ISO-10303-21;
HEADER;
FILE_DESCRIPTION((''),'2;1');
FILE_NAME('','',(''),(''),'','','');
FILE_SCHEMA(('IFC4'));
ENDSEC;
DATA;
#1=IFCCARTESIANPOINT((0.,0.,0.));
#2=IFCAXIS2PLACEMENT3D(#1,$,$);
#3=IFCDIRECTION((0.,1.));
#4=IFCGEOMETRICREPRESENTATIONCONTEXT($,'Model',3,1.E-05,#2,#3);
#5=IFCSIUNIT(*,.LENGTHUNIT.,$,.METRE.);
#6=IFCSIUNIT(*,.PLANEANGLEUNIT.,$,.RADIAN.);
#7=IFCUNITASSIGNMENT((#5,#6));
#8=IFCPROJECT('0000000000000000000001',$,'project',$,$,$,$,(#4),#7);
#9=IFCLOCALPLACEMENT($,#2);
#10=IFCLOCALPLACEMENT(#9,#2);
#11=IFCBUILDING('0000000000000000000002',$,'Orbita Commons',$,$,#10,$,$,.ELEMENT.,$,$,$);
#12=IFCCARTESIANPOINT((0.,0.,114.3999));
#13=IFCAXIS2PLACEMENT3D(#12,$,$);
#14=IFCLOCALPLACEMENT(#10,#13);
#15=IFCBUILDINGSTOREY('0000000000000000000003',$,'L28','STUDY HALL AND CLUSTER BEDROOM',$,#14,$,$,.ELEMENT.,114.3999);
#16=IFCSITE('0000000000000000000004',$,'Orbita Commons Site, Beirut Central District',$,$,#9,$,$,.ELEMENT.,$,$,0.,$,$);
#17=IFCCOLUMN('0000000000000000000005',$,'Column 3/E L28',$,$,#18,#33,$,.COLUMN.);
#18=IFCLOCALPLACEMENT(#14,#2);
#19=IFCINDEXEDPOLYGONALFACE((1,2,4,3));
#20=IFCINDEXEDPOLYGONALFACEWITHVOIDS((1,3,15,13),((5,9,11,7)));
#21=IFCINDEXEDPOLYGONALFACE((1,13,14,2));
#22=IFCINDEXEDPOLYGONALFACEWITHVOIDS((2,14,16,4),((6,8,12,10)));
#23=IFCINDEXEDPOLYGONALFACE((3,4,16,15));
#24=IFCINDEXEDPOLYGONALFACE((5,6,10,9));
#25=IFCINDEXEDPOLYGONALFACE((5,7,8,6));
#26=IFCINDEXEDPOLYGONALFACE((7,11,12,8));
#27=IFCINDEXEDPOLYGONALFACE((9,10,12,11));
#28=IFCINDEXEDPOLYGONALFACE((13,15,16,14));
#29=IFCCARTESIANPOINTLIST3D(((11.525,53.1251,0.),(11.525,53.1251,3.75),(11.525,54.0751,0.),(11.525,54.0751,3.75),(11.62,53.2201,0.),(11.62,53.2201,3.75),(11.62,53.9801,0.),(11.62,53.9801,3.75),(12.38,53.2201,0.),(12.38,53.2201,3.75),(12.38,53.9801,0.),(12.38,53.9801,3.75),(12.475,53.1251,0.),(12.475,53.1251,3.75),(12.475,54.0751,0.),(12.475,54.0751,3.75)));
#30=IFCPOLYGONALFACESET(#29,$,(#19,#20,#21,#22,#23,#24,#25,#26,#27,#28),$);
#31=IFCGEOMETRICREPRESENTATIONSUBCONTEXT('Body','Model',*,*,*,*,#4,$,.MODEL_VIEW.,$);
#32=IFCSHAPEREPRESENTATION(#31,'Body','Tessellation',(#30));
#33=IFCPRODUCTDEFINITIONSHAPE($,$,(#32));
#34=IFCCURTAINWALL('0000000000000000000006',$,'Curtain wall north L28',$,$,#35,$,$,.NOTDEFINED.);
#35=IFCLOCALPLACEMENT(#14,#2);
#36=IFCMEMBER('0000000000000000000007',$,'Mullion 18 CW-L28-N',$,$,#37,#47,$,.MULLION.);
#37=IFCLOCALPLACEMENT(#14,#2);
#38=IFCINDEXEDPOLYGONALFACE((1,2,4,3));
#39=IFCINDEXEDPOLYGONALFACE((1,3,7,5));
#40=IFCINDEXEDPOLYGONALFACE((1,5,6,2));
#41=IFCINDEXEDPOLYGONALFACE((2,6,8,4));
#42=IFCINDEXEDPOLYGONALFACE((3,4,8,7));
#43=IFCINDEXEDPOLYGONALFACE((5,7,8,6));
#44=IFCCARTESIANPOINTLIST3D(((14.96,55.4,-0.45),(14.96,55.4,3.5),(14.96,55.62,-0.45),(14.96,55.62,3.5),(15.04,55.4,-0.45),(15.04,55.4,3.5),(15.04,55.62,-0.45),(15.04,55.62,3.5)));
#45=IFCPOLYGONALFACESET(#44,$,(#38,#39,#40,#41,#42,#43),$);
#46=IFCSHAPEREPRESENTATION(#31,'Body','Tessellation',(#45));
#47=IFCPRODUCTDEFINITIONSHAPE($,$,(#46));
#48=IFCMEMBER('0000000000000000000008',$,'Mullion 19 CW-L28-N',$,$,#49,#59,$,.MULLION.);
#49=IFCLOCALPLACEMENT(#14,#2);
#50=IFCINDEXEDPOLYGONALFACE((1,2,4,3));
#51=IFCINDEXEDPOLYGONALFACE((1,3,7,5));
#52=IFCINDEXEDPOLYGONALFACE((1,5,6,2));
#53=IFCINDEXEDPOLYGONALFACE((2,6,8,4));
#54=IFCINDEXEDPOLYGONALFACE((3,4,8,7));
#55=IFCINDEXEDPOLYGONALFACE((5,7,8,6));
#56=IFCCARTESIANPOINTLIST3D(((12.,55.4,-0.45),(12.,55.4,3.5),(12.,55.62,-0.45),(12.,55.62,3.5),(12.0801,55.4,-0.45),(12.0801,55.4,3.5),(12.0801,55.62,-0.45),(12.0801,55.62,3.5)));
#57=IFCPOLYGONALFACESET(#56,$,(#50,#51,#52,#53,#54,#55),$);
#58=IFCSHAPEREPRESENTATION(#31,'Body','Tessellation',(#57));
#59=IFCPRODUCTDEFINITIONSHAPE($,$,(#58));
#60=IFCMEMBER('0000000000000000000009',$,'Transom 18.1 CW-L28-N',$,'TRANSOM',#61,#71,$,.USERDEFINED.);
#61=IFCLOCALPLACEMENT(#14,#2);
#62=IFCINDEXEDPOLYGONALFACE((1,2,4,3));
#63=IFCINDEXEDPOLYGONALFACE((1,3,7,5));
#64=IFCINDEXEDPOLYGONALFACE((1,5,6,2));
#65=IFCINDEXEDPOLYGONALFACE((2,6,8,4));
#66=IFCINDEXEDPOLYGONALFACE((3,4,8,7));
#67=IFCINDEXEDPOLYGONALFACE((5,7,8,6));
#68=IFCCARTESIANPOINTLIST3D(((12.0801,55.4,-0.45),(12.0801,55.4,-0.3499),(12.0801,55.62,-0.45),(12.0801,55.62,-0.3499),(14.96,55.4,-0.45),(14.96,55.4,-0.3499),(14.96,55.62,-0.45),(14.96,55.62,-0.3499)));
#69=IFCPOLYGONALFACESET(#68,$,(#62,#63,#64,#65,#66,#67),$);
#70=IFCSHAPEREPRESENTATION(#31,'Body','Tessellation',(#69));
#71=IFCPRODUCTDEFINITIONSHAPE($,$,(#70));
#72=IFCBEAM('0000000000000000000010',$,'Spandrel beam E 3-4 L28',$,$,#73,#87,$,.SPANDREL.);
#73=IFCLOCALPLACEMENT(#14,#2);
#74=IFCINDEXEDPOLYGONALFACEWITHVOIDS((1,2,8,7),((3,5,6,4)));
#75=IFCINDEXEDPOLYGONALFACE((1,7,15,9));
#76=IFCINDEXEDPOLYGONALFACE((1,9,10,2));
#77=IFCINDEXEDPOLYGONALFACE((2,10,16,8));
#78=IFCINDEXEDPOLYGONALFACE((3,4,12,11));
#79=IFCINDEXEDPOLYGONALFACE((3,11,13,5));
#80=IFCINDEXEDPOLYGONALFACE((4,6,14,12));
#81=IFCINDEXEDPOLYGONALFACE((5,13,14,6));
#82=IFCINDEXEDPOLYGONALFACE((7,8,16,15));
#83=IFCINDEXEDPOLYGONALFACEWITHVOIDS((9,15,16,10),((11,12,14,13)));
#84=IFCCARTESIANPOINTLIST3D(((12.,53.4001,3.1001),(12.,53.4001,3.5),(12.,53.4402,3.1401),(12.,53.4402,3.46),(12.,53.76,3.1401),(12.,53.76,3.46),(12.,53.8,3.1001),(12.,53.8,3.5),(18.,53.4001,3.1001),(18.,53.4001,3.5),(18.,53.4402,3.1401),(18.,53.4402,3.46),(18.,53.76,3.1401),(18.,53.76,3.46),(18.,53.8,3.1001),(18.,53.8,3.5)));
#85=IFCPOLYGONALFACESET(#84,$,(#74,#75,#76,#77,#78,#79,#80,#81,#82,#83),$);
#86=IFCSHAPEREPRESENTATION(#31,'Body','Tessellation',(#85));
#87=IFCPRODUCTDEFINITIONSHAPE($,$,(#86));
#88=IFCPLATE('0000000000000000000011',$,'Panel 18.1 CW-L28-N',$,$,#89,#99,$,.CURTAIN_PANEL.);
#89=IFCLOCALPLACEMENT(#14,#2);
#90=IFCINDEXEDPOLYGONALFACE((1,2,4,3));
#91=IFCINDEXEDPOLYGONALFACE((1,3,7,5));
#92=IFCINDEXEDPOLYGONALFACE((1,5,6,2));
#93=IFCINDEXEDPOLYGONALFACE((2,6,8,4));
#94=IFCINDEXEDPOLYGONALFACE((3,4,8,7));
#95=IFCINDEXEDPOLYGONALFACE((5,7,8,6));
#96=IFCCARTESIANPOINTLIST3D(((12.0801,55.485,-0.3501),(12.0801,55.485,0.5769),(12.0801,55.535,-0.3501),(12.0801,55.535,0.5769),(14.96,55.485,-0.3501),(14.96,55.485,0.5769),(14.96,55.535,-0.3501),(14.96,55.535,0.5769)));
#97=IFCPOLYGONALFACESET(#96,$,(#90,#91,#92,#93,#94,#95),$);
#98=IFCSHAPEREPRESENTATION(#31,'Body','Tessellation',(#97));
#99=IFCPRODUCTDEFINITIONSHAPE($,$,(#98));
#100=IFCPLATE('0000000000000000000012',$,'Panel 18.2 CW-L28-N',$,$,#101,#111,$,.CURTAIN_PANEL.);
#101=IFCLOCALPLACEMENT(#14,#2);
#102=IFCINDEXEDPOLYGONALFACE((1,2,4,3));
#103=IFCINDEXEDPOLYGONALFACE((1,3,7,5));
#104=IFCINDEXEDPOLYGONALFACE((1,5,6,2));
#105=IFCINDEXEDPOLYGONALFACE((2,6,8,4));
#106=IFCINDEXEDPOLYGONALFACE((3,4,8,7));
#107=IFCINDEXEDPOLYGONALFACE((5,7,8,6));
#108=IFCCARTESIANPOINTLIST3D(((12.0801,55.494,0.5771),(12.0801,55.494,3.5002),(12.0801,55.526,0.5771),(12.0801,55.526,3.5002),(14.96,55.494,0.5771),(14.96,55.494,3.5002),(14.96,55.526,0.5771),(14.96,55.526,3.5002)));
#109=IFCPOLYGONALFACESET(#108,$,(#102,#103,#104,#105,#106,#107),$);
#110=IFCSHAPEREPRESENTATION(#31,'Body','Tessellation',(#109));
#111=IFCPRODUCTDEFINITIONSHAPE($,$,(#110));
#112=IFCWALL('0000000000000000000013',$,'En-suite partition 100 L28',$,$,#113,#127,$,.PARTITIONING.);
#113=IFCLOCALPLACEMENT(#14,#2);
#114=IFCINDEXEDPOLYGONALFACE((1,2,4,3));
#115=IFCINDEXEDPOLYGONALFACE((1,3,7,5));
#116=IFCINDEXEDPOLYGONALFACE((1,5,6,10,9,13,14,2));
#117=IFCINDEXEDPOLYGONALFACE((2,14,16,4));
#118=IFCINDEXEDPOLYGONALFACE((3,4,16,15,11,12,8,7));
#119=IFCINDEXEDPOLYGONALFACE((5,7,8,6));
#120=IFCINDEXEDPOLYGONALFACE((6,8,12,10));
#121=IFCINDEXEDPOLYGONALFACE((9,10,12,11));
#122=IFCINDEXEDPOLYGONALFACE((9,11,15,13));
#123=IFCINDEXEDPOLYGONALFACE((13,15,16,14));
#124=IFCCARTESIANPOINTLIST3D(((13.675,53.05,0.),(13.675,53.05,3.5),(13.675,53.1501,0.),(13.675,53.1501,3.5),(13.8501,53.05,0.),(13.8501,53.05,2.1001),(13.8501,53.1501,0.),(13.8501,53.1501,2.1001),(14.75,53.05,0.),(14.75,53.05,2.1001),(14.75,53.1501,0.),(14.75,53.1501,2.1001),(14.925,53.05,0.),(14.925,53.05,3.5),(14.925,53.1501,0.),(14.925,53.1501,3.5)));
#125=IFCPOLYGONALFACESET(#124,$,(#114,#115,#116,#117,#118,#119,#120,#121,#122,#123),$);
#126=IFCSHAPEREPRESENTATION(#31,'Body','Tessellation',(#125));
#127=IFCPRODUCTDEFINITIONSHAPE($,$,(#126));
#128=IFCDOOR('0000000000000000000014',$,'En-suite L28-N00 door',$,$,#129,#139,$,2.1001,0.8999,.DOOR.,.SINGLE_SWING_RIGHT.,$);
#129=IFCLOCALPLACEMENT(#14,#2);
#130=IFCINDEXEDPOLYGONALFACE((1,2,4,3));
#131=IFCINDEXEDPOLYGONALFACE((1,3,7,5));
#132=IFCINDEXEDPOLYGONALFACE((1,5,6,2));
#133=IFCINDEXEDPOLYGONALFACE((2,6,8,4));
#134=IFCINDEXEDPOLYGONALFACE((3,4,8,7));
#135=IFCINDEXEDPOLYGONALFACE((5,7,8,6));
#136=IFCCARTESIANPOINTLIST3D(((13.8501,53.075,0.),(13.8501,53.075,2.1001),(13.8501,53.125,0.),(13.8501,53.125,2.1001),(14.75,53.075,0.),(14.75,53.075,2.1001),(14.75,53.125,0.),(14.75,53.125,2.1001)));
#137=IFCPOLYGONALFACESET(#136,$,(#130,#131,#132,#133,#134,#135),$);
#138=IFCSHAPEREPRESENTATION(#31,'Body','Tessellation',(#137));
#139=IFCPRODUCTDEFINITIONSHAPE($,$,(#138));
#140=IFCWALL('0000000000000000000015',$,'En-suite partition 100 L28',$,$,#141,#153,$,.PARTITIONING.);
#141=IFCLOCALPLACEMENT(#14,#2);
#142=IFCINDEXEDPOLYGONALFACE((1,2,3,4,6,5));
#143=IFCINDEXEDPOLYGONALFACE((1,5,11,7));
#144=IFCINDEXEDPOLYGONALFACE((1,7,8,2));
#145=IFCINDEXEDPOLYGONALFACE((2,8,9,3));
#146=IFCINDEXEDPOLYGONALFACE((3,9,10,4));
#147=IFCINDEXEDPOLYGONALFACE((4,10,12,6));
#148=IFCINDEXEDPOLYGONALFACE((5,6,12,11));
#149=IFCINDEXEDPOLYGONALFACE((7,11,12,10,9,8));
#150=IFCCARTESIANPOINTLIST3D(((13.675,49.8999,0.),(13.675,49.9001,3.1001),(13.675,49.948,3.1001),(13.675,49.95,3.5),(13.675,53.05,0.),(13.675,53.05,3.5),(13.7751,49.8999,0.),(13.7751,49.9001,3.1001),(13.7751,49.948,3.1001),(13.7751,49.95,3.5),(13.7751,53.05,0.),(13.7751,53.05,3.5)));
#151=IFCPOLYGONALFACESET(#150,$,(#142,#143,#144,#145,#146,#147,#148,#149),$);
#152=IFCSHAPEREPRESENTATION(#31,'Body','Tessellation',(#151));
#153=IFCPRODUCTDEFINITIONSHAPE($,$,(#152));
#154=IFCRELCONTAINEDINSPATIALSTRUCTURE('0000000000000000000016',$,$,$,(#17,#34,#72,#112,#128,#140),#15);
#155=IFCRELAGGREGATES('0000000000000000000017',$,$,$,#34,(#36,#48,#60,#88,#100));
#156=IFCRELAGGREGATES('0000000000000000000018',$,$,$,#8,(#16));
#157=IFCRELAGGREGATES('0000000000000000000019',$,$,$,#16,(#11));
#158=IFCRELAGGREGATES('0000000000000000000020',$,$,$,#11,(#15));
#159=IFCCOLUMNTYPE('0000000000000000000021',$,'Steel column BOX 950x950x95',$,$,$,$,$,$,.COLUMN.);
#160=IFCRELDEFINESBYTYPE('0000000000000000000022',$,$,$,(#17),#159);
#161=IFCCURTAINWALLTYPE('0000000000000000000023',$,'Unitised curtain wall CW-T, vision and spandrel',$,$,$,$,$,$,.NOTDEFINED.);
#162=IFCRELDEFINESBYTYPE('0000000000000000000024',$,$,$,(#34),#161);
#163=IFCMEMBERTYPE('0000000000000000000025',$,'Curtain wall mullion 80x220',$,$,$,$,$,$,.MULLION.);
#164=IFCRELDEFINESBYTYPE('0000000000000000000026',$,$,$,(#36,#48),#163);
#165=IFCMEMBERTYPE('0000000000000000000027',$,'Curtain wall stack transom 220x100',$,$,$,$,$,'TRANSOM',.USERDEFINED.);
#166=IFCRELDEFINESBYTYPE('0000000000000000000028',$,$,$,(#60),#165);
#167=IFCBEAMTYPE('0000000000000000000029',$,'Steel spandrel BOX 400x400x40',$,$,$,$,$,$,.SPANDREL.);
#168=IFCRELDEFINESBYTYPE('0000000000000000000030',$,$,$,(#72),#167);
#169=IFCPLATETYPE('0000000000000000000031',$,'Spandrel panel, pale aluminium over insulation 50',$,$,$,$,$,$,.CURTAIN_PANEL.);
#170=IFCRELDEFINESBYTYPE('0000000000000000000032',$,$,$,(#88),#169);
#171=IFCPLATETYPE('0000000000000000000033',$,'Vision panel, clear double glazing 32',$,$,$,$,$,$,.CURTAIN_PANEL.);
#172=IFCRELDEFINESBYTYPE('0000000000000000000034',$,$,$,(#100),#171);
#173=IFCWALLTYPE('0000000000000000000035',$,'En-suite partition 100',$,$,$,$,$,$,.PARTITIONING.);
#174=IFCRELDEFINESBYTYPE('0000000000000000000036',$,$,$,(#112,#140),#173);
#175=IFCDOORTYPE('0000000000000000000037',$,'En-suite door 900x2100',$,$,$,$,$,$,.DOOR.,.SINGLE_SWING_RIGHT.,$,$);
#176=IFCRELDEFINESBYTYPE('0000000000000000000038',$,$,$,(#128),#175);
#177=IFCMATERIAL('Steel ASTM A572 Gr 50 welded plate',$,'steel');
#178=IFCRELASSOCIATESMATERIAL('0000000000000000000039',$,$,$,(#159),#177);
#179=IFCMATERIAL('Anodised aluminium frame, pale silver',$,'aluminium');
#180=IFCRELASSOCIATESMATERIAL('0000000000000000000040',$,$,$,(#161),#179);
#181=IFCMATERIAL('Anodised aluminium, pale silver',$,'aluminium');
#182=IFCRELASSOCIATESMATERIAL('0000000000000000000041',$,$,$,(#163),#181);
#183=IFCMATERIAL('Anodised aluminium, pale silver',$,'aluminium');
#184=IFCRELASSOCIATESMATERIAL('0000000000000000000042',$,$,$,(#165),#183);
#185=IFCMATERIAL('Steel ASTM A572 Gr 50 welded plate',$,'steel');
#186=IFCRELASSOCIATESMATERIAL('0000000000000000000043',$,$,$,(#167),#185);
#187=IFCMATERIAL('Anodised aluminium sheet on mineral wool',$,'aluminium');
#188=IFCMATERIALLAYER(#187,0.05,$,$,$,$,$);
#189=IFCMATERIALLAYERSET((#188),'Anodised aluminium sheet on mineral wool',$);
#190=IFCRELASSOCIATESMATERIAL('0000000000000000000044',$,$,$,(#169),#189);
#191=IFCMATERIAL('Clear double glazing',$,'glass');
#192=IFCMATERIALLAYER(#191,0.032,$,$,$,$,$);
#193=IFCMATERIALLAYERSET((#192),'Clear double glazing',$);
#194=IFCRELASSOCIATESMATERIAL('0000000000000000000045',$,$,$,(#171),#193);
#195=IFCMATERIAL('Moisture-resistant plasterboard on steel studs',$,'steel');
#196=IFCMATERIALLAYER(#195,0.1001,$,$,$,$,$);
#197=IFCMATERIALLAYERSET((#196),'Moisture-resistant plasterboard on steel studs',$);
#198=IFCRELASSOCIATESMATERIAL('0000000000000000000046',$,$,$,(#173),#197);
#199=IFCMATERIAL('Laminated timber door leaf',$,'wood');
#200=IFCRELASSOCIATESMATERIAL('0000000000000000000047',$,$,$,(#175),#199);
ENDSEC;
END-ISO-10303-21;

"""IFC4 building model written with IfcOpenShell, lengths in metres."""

from ifc_helpers import new_model, si_unit, direction, frame, frame_2d, origin, origin_2d, place, context, subcontext, project, spatial, polyline, rectangle, hollow_rectangle, outline, extrude, material, layer, layer_set, material_profile, profile_set, type_object, element, fill, aggregate, save


model = new_model("IFC4")

# Units and contexts
model_context = context("Model", 3, precision=1e-05, world=origin(), true_north=direction((0.0, 1.0)))
body_context = subcontext(model_context, "Body", "Model", "MODEL_VIEW")
ifc_project = project(units=[si_unit("LENGTHUNIT", "METRE"), si_unit("PLANEANGLEUNIT", "RADIAN")], contexts=[model_context])

# Site, building, storey
site_placement = place(None, origin())
site = spatial("IfcSite", under=ifc_project, at=site_placement, Name="Orbita Commons Site, Beirut Central District", CompositionType="ELEMENT", RefElevation=0.0)
building_placement = place(site_placement, origin())
building = spatial("IfcBuilding", under=site, at=building_placement, Name="Orbita Commons", CompositionType="ELEMENT")
storey_placement = place(building_placement, frame((0.0, 0.0, 114.3999)))
storey = spatial("IfcBuildingStorey", under=building, at=storey_placement, Name="L28", Description="STUDY HALL AND CLUSTER BEDROOM", CompositionType="ELEMENT", Elevation=114.3999)

# Column
ifc_material_1 = material(Name="Steel ASTM A572 Gr 50 welded plate", Category="steel")
ifc_material_profile_1 = material_profile(ifc_material_1, hollow_rectangle(XDim=0.95, YDim=0.95, WallThickness=0.095, at=origin_2d()), Name="BOX 950x950x95")
ifc_profile_set_1 = profile_set([ifc_material_profile_1], Name="Steel ASTM A572 Gr 50 welded plate")
column_type = type_object("IfcColumnType", Name="Steel column BOX 950x950x95", PredefinedType="COLUMN", material=ifc_profile_set_1)
column_placement = place(storey_placement, frame((12.0, 53.6001, 0.0), z_axis=(0.0, 0.0, 1.0), x_axis=(1.0, 0.0, 0.0)))
element("IfcColumn", 1, at=column_placement, inside=storey, type_object=column_type, Name="Column 3/E L28", PredefinedType="COLUMN", context=body_context, shape_type="SweptSolid", body=[
    extrude(hollow_rectangle(XDim=0.95, YDim=0.95, WallThickness=0.095, at=origin_2d()), origin(), (0.0, 0.0, 1.0), 3.75),
])

# Curtain wall, members
ifc_material_2 = material(Name="Anodised aluminium frame, pale silver", Category="aluminium")
curtain_wall_type = type_object("IfcCurtainWallType", Name="Unitised curtain wall CW-T, vision and spandrel", PredefinedType="NOTDEFINED", material=ifc_material_2)
curtain_wall_placement = place(storey_placement, origin())
curtain_wall = element("IfcCurtainWall", 2, at=curtain_wall_placement, inside=storey, type_object=curtain_wall_type, Name="Curtain wall north L28", PredefinedType="NOTDEFINED")
ifc_material_3 = material(Name="Anodised aluminium, pale silver", Category="aluminium")
ifc_material_profile_2 = material_profile(ifc_material_3, rectangle(XDim=0.0801, YDim=0.22, at=origin_2d()), Name="AL 80x220")
ifc_profile_set_2 = profile_set([ifc_material_profile_2], Name="Anodised aluminium, pale silver")
member_type_1 = type_object("IfcMemberType", Name="Curtain wall mullion 80x220", PredefinedType="MULLION", material=ifc_profile_set_2)
member_1_placement = place(storey_placement, frame((15.0, 55.51, -0.45), z_axis=(0.0, 0.0, 1.0), x_axis=(-1.0, 0.0, 0.0)))
member_1 = element("IfcMember", 3, at=member_1_placement, type_object=member_type_1, Name="Mullion 18 CW-L28-N", PredefinedType="MULLION", context=body_context, shape_type="SweptSolid", body=[
    extrude(rectangle(XDim=0.0801, YDim=0.22, at=origin_2d()), origin(), (0.0, 0.0, 1.0), 3.95),
])
member_2_placement = place(storey_placement, frame((12.04, 55.51, -0.45), z_axis=(0.0, 0.0, 1.0), x_axis=(-1.0, 0.0, 0.0)))
member_2 = element("IfcMember", 4, at=member_2_placement, type_object=member_type_1, Name="Mullion 19 CW-L28-N", PredefinedType="MULLION", context=body_context, shape_type="SweptSolid", body=[
    extrude(rectangle(XDim=0.0801, YDim=0.22, at=origin_2d()), origin(), (0.0, 0.0, 1.0), 3.95),
])
ifc_material_4 = material(Name="Anodised aluminium, pale silver", Category="aluminium")
ifc_material_profile_3 = material_profile(ifc_material_4, rectangle(XDim=0.22, YDim=0.1001, at=origin_2d()), Name="AL 220x100")
ifc_profile_set_3 = profile_set([ifc_material_profile_3], Name="Anodised aluminium, pale silver")
member_type_2 = type_object("IfcMemberType", Name="Curtain wall stack transom 220x100", ElementType="TRANSOM", PredefinedType="USERDEFINED", material=ifc_profile_set_3)
member_3_placement = place(storey_placement, frame((14.96, 55.51, -0.3999), z_axis=(-1.0, 0.0, 0.0), x_axis=(0.0, -1.0, 0.0)))
member_3 = element("IfcMember", 5, at=member_3_placement, type_object=member_type_2, Name="Transom 18.1 CW-L28-N", ObjectType="TRANSOM", PredefinedType="USERDEFINED", context=body_context, shape_type="SweptSolid", body=[
    extrude(rectangle(XDim=0.22, YDim=0.1001, at=origin_2d()), origin(), (0.0, 0.0, 1.0), 2.8799),
])

# Beam
ifc_material_5 = material(Name="Steel ASTM A572 Gr 50 welded plate", Category="steel")
ifc_material_profile_4 = material_profile(ifc_material_5, hollow_rectangle(XDim=0.3999, YDim=0.3999, WallThickness=0.04, at=origin_2d()), Name="BOX 400x400x40")
ifc_profile_set_4 = profile_set([ifc_material_profile_4], Name="Steel ASTM A572 Gr 50 welded plate")
beam_type = type_object("IfcBeamType", Name="Steel spandrel BOX 400x400x40", PredefinedType="SPANDREL", material=ifc_profile_set_4)
beam_placement = place(storey_placement, frame((12.0, 53.6001, 3.3), z_axis=(1.0, 0.0, 0.0), x_axis=(0.0, 1.0, 0.0)))
element("IfcBeam", 6, at=beam_placement, inside=storey, type_object=beam_type, Name="Spandrel beam E 3-4 L28", PredefinedType="SPANDREL", context=body_context, shape_type="SweptSolid", body=[
    extrude(hollow_rectangle(XDim=0.3999, YDim=0.3999, WallThickness=0.04, at=origin_2d()), origin(), (0.0, 0.0, 1.0), 6.0),
])

# Plates
ifc_material_6 = material(Name="Anodised aluminium sheet on mineral wool", Category="aluminium")
ifc_layer_1 = layer(ifc_material_6, 0.05)
ifc_layer_set_1 = layer_set([ifc_layer_1], Name="Anodised aluminium sheet on mineral wool")
plate_type_1 = type_object("IfcPlateType", Name="Spandrel panel, pale aluminium over insulation 50", PredefinedType="CURTAIN_PANEL", material=ifc_layer_set_1)
plate_1_placement = place(storey_placement, frame((13.52, 55.51, -0.3501), z_axis=(0.0, 0.0, 1.0), x_axis=(-1.0, 0.0, 0.0)))
plate_1 = element("IfcPlate", 7, at=plate_1_placement, type_object=plate_type_1, Name="Panel 18.1 CW-L28-N", PredefinedType="CURTAIN_PANEL", context=body_context, shape_type="SweptSolid", body=[
    extrude(rectangle(XDim=2.8799, YDim=0.05, at=origin_2d()), origin(), (0.0, 0.0, 1.0), 0.927),
])
ifc_material_7 = material(Name="Clear double glazing", Category="glass")
ifc_layer_2 = layer(ifc_material_7, 0.032)
ifc_layer_set_2 = layer_set([ifc_layer_2], Name="Clear double glazing")
plate_type_2 = type_object("IfcPlateType", Name="Vision panel, clear double glazing 32", PredefinedType="CURTAIN_PANEL", material=ifc_layer_set_2)
plate_2_placement = place(storey_placement, frame((13.52, 55.51, 0.5771), z_axis=(0.0, 0.0, 1.0), x_axis=(-1.0, 0.0, 0.0)))
plate_2 = element("IfcPlate", 8, at=plate_2_placement, type_object=plate_type_2, Name="Panel 18.2 CW-L28-N", PredefinedType="CURTAIN_PANEL", context=body_context, shape_type="SweptSolid", body=[
    extrude(rectangle(XDim=2.8799, YDim=0.032, at=origin_2d()), origin(), (0.0, 0.0, 1.0), 2.9231),
])
aggregate(curtain_wall, [member_1, member_2, member_3, plate_1, plate_2])

# Wall, opening, door
ifc_material_8 = material(Name="Moisture-resistant plasterboard on steel studs", Category="steel")
ifc_layer_3 = layer(ifc_material_8, 0.1001)
ifc_layer_set_3 = layer_set([ifc_layer_3], Name="Moisture-resistant plasterboard on steel studs")
wall_type_1 = type_object("IfcWallType", Name="En-suite partition 100", PredefinedType="PARTITIONING", material=ifc_layer_set_3)
wall_1_placement = place(storey_placement, frame((13.675, 53.1001, 0.0), z_axis=(0.0, 0.0, 1.0), x_axis=(1.0, 0.0, 0.0)))
wall_1 = element("IfcWall", 9, at=wall_1_placement, inside=storey, type_object=wall_type_1, Name="En-suite partition 100 L28", PredefinedType="PARTITIONING", context=body_context, shape_type="SweptSolid", body=[
    extrude(rectangle(XDim=1.25, YDim=0.1001, at=frame_2d((0.625, 0.0))), origin(), (0.0, 0.0, 1.0), 3.5),
])
opening_1_placement = place(wall_1_placement, frame((0.175, 0.0, 0.0)))
opening_1 = element("IfcOpeningElement", 10, at=opening_1_placement, cuts=wall_1, PredefinedType="OPENING", context=body_context, shape_type="SweptSolid", body=[
    extrude(rectangle(XDim=0.8999, YDim=2.1001, at=frame_2d((0.45, 1.05))), frame((0.0, 0.0601, 0.0), z_axis=(0.0, -1.0, 0.0), x_axis=(1.0, 0.0, 0.0)), (0.0, 0.0, 1.0), 0.1201),
])
ifc_material_9 = material(Name="Laminated timber door leaf", Category="wood")
door_type = type_object("IfcDoorType", Name="En-suite door 900x2100", OperationType="SINGLE_SWING_RIGHT", PredefinedType="DOOR", material=ifc_material_9)
door_1_placement = place(opening_1_placement, origin())
door_1 = element("IfcDoor", 11, at=door_1_placement, inside=storey, type_object=door_type, Name="En-suite L28-N00 door", OperationType="SINGLE_SWING_RIGHT", OverallHeight=2.1001, OverallWidth=0.8999, PredefinedType="DOOR", context=body_context, shape_type="SweptSolid", body=[
    extrude(rectangle(XDim=0.8999, YDim=2.1001, at=frame_2d((0.45, 1.05))), frame((0.0, 0.0249, 0.0), z_axis=(0.0, -1.0, 0.0), x_axis=(1.0, 0.0, 0.0)), (0.0, 0.0, 1.0), 0.05),
])
fill(opening_1, door_1)

# Wall
wall_2_placement = place(storey_placement, frame((13.7251, 53.05, 0.0), z_axis=(0.0, 0.0, 1.0), x_axis=(0.0, -1.0, 0.0)))
element("IfcWall", 12, at=wall_2_placement, inside=storey, type_object=wall_type_1, Name="En-suite partition 100 L28", PredefinedType="PARTITIONING", context=body_context, shape_type="SweptSolid", body=[
    extrude(outline(polyline([(0.0, 0.0), (3.1501, 0.0), (3.1499, 3.1001), (3.1021, 3.1001), (3.1001, 3.5), (0.0, 3.5), (0.0, 0.0)])), frame((0.0, 0.05, 0.0), z_axis=(0.0, -1.0, 0.0), x_axis=(1.0, 0.0, 0.0)), (0.0, 0.0, 1.0), 0.1001),
])

save(model, "model.ifc")
